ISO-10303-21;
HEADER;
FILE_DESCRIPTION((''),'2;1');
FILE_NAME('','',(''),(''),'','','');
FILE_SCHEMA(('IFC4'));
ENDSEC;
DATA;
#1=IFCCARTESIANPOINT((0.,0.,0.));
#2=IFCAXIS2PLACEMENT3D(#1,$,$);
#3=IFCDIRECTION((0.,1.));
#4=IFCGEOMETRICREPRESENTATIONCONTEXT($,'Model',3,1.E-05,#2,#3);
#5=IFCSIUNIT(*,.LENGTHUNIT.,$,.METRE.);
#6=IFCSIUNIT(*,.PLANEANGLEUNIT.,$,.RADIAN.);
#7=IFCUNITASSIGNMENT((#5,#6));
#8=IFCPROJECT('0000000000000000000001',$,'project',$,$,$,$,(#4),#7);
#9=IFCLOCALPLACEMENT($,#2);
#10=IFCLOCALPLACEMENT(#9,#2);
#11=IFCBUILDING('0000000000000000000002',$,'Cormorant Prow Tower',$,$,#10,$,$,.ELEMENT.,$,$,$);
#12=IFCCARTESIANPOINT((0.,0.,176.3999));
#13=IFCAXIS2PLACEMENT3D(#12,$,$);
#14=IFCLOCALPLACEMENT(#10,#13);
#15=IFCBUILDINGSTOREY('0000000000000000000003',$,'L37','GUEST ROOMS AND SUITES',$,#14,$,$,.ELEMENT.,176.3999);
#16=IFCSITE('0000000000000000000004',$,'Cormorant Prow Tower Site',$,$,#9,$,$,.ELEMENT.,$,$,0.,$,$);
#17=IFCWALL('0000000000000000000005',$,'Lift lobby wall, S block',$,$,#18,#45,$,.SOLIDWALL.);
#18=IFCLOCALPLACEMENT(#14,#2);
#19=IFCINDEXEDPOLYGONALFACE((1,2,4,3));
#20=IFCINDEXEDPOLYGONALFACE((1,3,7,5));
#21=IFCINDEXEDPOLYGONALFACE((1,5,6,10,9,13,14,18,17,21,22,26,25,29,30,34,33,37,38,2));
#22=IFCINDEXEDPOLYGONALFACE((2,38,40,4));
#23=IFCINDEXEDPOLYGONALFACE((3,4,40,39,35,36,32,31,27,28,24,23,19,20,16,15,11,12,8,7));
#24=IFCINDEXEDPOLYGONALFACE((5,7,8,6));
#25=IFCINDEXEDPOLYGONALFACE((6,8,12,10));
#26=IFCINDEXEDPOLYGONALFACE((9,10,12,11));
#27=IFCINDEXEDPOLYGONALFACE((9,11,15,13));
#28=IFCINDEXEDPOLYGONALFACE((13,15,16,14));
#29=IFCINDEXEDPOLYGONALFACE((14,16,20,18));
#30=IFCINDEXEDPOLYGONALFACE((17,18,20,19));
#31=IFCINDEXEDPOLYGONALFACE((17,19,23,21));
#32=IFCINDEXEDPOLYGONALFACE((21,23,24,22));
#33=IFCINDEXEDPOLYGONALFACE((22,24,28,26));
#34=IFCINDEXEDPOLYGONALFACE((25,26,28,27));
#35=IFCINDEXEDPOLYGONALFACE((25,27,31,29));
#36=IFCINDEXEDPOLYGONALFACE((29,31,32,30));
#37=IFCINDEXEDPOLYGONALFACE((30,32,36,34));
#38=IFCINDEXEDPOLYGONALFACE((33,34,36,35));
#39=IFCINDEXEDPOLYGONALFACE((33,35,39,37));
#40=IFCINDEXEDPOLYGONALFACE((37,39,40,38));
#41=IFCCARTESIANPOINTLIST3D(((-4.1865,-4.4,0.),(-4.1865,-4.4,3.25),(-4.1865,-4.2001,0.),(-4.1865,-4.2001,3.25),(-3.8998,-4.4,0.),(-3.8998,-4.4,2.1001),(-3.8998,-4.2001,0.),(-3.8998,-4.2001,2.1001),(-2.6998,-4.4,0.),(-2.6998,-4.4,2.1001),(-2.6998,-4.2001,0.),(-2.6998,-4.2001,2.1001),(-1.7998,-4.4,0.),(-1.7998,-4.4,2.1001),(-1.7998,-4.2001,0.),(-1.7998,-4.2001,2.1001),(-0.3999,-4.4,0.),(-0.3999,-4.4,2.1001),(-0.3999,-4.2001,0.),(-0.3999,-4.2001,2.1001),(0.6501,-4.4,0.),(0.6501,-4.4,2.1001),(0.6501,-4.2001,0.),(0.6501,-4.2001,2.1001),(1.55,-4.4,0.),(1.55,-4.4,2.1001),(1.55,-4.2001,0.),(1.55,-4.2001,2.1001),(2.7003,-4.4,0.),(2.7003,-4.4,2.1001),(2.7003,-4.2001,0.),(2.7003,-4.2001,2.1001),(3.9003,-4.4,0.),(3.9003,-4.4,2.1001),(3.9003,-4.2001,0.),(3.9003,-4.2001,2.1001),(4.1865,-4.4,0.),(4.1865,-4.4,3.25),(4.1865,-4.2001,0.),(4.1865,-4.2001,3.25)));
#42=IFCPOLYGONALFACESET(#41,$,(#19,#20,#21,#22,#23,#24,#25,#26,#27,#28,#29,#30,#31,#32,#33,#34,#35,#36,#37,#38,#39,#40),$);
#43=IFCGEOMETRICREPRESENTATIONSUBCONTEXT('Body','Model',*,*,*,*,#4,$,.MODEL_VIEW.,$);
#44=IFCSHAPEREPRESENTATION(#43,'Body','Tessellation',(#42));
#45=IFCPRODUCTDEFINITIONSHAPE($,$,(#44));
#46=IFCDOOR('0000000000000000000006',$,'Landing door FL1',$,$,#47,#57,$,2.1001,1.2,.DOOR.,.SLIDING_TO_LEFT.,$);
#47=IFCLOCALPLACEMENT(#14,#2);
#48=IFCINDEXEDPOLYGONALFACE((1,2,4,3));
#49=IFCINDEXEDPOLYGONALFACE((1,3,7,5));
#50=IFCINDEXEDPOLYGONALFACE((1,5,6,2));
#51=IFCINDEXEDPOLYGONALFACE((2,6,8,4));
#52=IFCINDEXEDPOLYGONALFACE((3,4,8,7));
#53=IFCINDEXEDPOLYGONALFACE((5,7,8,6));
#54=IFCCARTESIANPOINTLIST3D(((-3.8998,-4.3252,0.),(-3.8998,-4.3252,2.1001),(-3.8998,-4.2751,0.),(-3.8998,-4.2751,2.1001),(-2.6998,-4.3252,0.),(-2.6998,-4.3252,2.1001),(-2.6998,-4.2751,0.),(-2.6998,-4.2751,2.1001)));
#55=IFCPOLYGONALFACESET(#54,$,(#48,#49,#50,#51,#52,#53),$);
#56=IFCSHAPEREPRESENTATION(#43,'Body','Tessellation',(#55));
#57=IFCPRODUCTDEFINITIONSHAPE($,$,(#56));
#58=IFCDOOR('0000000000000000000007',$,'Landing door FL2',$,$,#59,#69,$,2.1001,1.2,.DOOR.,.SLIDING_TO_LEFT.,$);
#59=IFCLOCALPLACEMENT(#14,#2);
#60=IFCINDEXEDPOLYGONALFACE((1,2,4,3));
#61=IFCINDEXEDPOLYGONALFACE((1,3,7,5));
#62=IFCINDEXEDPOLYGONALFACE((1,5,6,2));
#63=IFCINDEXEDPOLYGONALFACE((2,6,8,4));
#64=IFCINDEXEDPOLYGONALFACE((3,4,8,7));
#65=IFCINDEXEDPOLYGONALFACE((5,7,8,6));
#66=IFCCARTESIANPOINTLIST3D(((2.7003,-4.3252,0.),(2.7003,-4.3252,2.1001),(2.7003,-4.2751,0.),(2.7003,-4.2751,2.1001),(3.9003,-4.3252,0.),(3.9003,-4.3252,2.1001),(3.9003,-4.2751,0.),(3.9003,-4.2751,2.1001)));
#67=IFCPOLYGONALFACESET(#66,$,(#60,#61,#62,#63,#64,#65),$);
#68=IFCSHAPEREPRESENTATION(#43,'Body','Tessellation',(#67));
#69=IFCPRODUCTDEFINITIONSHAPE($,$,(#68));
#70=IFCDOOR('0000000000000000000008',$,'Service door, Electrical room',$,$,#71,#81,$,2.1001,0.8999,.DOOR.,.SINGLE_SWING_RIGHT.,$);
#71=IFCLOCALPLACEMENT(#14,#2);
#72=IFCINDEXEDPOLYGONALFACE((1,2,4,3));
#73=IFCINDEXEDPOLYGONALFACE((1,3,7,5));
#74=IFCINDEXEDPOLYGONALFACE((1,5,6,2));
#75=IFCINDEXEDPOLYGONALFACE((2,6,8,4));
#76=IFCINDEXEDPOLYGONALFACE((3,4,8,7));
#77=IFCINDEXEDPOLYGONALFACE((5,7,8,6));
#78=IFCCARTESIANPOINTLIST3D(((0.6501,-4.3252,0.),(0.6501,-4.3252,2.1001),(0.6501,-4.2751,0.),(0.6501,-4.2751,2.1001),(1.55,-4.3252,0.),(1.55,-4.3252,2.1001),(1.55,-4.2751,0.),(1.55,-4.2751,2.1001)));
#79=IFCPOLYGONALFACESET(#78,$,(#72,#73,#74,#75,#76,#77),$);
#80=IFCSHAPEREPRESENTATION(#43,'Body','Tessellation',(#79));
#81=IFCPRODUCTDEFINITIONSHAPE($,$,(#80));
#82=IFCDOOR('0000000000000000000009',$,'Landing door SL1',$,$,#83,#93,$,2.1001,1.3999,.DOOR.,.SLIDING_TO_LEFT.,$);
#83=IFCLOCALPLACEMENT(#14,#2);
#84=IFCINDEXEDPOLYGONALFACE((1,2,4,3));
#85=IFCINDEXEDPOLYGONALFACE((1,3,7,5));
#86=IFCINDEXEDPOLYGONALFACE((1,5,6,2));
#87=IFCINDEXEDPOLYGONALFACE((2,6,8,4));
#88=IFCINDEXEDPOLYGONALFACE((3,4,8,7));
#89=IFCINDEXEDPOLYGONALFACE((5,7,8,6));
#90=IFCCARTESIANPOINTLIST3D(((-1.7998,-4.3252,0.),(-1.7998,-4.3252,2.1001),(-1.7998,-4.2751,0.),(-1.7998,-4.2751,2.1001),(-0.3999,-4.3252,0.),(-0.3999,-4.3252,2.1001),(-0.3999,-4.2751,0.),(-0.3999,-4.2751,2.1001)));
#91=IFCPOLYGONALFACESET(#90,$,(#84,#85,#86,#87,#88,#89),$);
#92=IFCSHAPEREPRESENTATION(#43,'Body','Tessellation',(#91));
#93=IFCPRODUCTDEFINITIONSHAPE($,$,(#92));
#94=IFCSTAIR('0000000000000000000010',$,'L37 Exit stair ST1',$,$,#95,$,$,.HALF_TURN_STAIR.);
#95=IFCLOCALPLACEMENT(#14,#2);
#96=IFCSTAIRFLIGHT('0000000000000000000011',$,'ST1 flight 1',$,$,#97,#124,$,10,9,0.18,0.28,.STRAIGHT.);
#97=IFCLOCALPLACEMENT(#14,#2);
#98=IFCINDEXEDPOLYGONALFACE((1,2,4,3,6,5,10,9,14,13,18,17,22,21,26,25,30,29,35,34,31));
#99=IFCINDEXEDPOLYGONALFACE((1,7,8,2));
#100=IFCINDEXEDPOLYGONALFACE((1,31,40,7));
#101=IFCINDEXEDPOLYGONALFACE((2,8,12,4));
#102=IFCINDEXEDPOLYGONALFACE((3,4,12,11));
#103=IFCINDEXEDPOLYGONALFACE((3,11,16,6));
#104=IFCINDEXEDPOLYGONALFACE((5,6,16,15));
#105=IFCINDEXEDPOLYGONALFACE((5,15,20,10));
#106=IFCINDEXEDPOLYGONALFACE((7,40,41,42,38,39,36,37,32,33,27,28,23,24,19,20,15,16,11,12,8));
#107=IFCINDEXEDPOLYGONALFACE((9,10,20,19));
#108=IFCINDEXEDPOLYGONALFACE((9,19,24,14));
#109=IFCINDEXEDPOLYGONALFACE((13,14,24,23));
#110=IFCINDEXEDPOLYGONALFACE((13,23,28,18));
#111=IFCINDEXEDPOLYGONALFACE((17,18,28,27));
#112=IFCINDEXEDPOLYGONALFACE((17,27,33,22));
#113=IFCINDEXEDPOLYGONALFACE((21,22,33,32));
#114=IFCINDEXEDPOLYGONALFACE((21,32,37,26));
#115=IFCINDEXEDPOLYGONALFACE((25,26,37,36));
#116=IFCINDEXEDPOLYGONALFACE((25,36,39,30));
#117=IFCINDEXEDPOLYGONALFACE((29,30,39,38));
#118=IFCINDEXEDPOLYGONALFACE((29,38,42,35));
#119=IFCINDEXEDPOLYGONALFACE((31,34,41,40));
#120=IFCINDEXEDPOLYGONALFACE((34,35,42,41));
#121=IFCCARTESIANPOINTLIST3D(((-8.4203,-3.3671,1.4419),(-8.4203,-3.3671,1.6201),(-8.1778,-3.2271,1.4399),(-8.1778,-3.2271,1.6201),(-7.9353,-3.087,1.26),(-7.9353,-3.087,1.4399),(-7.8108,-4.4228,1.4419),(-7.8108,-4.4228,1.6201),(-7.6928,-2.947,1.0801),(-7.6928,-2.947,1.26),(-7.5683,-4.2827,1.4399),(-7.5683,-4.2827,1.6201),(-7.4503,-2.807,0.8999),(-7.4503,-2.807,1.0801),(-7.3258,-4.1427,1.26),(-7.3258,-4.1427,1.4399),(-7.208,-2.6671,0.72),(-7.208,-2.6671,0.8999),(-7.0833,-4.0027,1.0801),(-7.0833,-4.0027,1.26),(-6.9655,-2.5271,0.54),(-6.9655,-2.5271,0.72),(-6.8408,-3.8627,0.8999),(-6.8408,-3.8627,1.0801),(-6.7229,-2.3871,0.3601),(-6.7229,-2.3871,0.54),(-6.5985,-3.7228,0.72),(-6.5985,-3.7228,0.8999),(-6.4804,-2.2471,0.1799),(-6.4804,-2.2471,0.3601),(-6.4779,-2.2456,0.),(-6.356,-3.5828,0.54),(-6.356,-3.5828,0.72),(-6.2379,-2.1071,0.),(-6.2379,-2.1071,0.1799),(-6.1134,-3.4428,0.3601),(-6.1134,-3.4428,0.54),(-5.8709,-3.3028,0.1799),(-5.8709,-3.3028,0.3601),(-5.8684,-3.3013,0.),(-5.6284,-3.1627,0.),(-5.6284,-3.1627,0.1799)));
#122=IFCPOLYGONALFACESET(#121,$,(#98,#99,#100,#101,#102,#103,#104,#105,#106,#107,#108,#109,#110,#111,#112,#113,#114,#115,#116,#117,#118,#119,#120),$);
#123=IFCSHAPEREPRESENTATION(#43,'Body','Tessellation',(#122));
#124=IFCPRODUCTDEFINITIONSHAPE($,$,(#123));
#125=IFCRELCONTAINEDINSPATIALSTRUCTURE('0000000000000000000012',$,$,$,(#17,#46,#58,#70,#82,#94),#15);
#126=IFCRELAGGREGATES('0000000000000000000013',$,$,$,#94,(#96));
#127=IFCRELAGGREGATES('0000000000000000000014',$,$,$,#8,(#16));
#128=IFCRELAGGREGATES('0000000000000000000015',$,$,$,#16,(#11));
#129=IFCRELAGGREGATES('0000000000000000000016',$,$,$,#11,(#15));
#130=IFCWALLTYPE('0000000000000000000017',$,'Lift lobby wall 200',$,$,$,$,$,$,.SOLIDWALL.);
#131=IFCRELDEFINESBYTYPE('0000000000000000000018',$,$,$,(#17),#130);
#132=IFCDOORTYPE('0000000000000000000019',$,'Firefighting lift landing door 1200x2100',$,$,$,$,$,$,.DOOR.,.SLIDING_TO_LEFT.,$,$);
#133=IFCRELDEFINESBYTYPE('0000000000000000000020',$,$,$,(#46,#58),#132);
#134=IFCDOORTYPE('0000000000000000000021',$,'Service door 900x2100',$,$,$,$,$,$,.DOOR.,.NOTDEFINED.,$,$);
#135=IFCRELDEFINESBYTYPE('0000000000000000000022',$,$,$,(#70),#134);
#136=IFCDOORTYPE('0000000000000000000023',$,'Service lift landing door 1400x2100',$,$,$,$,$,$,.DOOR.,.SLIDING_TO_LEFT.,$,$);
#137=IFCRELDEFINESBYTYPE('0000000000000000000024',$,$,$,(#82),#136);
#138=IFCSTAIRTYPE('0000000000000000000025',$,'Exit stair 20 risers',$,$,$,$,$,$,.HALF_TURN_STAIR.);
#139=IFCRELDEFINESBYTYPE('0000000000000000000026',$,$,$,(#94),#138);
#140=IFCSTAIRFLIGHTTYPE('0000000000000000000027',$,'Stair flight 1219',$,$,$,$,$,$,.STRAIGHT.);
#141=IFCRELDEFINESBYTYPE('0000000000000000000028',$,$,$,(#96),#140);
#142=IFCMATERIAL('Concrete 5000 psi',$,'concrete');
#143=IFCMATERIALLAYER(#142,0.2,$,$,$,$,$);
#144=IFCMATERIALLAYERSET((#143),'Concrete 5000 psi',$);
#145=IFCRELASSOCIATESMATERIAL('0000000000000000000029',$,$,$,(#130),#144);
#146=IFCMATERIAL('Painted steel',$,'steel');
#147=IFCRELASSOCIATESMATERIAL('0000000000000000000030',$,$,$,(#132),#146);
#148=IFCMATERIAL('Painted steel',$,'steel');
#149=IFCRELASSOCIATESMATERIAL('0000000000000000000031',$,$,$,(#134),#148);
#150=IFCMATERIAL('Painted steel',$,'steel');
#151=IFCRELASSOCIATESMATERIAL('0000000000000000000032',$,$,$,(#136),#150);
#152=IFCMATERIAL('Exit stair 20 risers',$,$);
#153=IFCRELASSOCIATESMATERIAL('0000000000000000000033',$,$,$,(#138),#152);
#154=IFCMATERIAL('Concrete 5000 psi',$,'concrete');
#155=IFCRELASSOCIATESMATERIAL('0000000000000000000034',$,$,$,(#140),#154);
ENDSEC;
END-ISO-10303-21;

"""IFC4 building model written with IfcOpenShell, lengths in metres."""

from ifc_helpers import new_model, si_unit, direction, frame, frame_2d, origin, place, context, subcontext, project, spatial, polyline, rectangle, outline, extrude, material, layer, layer_set, type_object, element, fill, aggregate, save


model = new_model("IFC4")

# Units and contexts
model_context = context("Model", 3, precision=1e-05, world=origin(), true_north=direction((0.0, 1.0)))
body_context = subcontext(model_context, "Body", "Model", "MODEL_VIEW")
ifc_project = project(units=[si_unit("LENGTHUNIT", "METRE"), si_unit("PLANEANGLEUNIT", "RADIAN")], contexts=[model_context])

# Site, building, storey
site_placement = place(None, origin())
site = spatial("IfcSite", under=ifc_project, at=site_placement, Name="Cormorant Prow Tower Site", CompositionType="ELEMENT", RefElevation=0.0)
building_placement = place(site_placement, origin())
building = spatial("IfcBuilding", under=site, at=building_placement, Name="Cormorant Prow Tower", CompositionType="ELEMENT")
storey_placement = place(building_placement, frame((0.0, 0.0, 176.3999)))
storey = spatial("IfcBuildingStorey", under=building, at=storey_placement, Name="L37", Description="GUEST ROOMS AND SUITES", CompositionType="ELEMENT", Elevation=176.3999)

# Wall, openings, doors
ifc_material_1 = material(Name="Concrete 5000 psi", Category="concrete")
ifc_layer_1 = layer(ifc_material_1, 0.2)
ifc_layer_set_1 = layer_set([ifc_layer_1], Name="Concrete 5000 psi")
wall_type_1 = type_object("IfcWallType", Name="Lift lobby wall 200", PredefinedType="SOLIDWALL", material=ifc_layer_set_1)
wall_1_placement = place(storey_placement, frame((-4.1865, -4.3, 0.0), z_axis=(0.0, 0.0, 1.0), x_axis=(1.0, 0.0, 0.0)))
wall_1 = element("IfcWall", 1, at=wall_1_placement, inside=storey, type_object=wall_type_1, Name="Lift lobby wall, S block", PredefinedType="SOLIDWALL", context=body_context, shape_type="SweptSolid", body=[
    extrude(rectangle(XDim=8.373, YDim=0.2, at=frame_2d((4.1865, 0.0))), origin(), (0.0, 0.0, 1.0), 3.25),
])
opening_1_placement = place(wall_1_placement, frame((0.2866, 0.0, 0.0)))
opening_1 = element("IfcOpeningElement", 2, at=opening_1_placement, cuts=wall_1, PredefinedType="OPENING", context=body_context, shape_type="SweptSolid", body=[
    extrude(rectangle(XDim=1.2, YDim=2.1001, at=frame_2d((0.6001, 1.05))), frame((0.0, 0.1099, 0.0), z_axis=(0.0, -1.0, 0.0), x_axis=(1.0, 0.0, 0.0)), (0.0, 0.0, 1.0), 0.22),
])
opening_2_placement = place(wall_1_placement, frame((2.3867, 0.0, 0.0)))
opening_2 = element("IfcOpeningElement", 3, at=opening_2_placement, cuts=wall_1, PredefinedType="OPENING", context=body_context, shape_type="SweptSolid", body=[
    extrude(rectangle(XDim=1.3999, YDim=2.1001, at=frame_2d((0.7, 1.05))), frame((0.0, 0.1099, 0.0), z_axis=(0.0, -1.0, 0.0), x_axis=(1.0, 0.0, 0.0)), (0.0, 0.0, 1.0), 0.22),
])
opening_3_placement = place(wall_1_placement, frame((4.8367, 0.0, 0.0)))
opening_3 = element("IfcOpeningElement", 4, at=opening_3_placement, cuts=wall_1, PredefinedType="OPENING", context=body_context, shape_type="SweptSolid", body=[
    extrude(rectangle(XDim=0.8999, YDim=2.1001, at=frame_2d((0.45, 1.05))), frame((0.0, 0.1099, 0.0), z_axis=(0.0, -1.0, 0.0), x_axis=(1.0, 0.0, 0.0)), (0.0, 0.0, 1.0), 0.22),
])
opening_4_placement = place(wall_1_placement, frame((6.8867, 0.0, 0.0)))
opening_4 = element("IfcOpeningElement", 5, at=opening_4_placement, cuts=wall_1, PredefinedType="OPENING", context=body_context, shape_type="SweptSolid", body=[
    extrude(rectangle(XDim=1.2, YDim=2.1001, at=frame_2d((0.6001, 1.05))), frame((0.0, 0.1099, 0.0), z_axis=(0.0, -1.0, 0.0), x_axis=(1.0, 0.0, 0.0)), (0.0, 0.0, 1.0), 0.22),
])
ifc_material_2 = material(Name="Painted steel", Category="steel")
door_type_1 = type_object("IfcDoorType", Name="Firefighting lift landing door 1200x2100", OperationType="SLIDING_TO_LEFT", PredefinedType="DOOR", material=ifc_material_2)
door_1_placement = place(opening_1_placement, origin())
door_1 = element("IfcDoor", 6, at=door_1_placement, inside=storey, type_object=door_type_1, Name="Landing door FL1", OperationType="SLIDING_TO_LEFT", OverallHeight=2.1001, OverallWidth=1.2, PredefinedType="DOOR", context=body_context, shape_type="SweptSolid", body=[
    extrude(rectangle(XDim=1.2, YDim=2.1001, at=frame_2d((0.6001, 1.05))), frame((0.0, 0.0249, 0.0), z_axis=(0.0, -1.0, 0.0), x_axis=(1.0, 0.0, 0.0)), (0.0, 0.0, 1.0), 0.05),
])
fill(opening_1, door_1)
door_2_placement = place(opening_4_placement, origin())
door_2 = element("IfcDoor", 7, at=door_2_placement, inside=storey, type_object=door_type_1, Name="Landing door FL2", OperationType="SLIDING_TO_LEFT", OverallHeight=2.1001, OverallWidth=1.2, PredefinedType="DOOR", context=body_context, shape_type="SweptSolid", body=[
    extrude(rectangle(XDim=1.2, YDim=2.1001, at=frame_2d((0.6001, 1.05))), frame((0.0, 0.0249, 0.0), z_axis=(0.0, -1.0, 0.0), x_axis=(1.0, 0.0, 0.0)), (0.0, 0.0, 1.0), 0.05),
])
fill(opening_4, door_2)
ifc_material_3 = material(Name="Painted steel", Category="steel")
door_type_2 = type_object("IfcDoorType", Name="Service door 900x2100", OperationType="NOTDEFINED", PredefinedType="DOOR", material=ifc_material_3)
door_3_placement = place(opening_3_placement, origin())
door_3 = element("IfcDoor", 8, at=door_3_placement, inside=storey, type_object=door_type_2, Name="Service door, Electrical room", OperationType="SINGLE_SWING_RIGHT", OverallHeight=2.1001, OverallWidth=0.8999, PredefinedType="DOOR", context=body_context, shape_type="SweptSolid", body=[
    extrude(rectangle(XDim=0.8999, YDim=2.1001, at=frame_2d((0.45, 1.05))), frame((0.0, 0.0249, 0.0), z_axis=(0.0, -1.0, 0.0), x_axis=(1.0, 0.0, 0.0)), (0.0, 0.0, 1.0), 0.05),
])
fill(opening_3, door_3)
ifc_material_4 = material(Name="Painted steel", Category="steel")
door_type_3 = type_object("IfcDoorType", Name="Service lift landing door 1400x2100", OperationType="SLIDING_TO_LEFT", PredefinedType="DOOR", material=ifc_material_4)
door_4_placement = place(opening_2_placement, origin())
door_4 = element("IfcDoor", 9, at=door_4_placement, inside=storey, type_object=door_type_3, Name="Landing door SL1", OperationType="SLIDING_TO_LEFT", OverallHeight=2.1001, OverallWidth=1.3999, PredefinedType="DOOR", context=body_context, shape_type="SweptSolid", body=[
    extrude(rectangle(XDim=1.3999, YDim=2.1001, at=frame_2d((0.7, 1.05))), frame((0.0, 0.0249, 0.0), z_axis=(0.0, -1.0, 0.0), x_axis=(1.0, 0.0, 0.0)), (0.0, 0.0, 1.0), 0.05),
])
fill(opening_2, door_4)

# Stair, stair flight
ifc_material_5 = material(Name="Exit stair 20 risers")
stair_type = type_object("IfcStairType", Name="Exit stair 20 risers", PredefinedType="HALF_TURN_STAIR", material=ifc_material_5)
stair_placement = place(storey_placement, origin())
stair = element("IfcStair", 10, at=stair_placement, inside=storey, type_object=stair_type, Name="L37 Exit stair ST1", PredefinedType="HALF_TURN_STAIR")
ifc_material_6 = material(Name="Concrete 5000 psi", Category="concrete")
stair_flight_type = type_object("IfcStairFlightType", Name="Stair flight 1219", PredefinedType="STRAIGHT", material=ifc_material_6)
stair_flight_placement = place(storey_placement, frame((-5.9331, -2.635, 0.0), z_axis=(0.0, 0.0, 1.0), x_axis=(-0.866025, -0.5, 0.0)))
stair_flight = element("IfcStairFlight", 11, at=stair_flight_placement, type_object=stair_flight_type, Name="ST1 flight 1", NumberOfRisers=10, NumberOfTreads=9, PredefinedType="STRAIGHT", RiserHeight=0.18, TreadLength=0.28, context=body_context, shape_type="SweptSolid", body=[
    extrude(outline(polyline([(0.0, 0.0), (0.0, 0.1799), (0.28, 0.1799), (0.28, 0.3601), (0.5601, 0.3601), (0.5601, 0.54), (0.8401, 0.54), (0.8401, 0.72), (1.1201, 0.72), (1.1201, 0.8999), (1.3999, 0.8999), (1.3999, 1.0801), (1.6799, 1.0801), (1.6799, 1.26), (1.96, 1.26), (1.96, 1.4399), (2.24, 1.4399), (2.24, 1.6201), (2.52, 1.6201), (2.52, 1.8), (2.52, 1.4419), (0.2771, 0.0), (0.0, 0.0)])), frame((0.0, 0.6094, 0.0), z_axis=(0.0, -1.0, 0.0), x_axis=(1.0, 0.0, 0.0)), (0.0, 0.0, 1.0), 1.219),
])
aggregate(stair, [stair_flight])

save(model, "model.ifc")
